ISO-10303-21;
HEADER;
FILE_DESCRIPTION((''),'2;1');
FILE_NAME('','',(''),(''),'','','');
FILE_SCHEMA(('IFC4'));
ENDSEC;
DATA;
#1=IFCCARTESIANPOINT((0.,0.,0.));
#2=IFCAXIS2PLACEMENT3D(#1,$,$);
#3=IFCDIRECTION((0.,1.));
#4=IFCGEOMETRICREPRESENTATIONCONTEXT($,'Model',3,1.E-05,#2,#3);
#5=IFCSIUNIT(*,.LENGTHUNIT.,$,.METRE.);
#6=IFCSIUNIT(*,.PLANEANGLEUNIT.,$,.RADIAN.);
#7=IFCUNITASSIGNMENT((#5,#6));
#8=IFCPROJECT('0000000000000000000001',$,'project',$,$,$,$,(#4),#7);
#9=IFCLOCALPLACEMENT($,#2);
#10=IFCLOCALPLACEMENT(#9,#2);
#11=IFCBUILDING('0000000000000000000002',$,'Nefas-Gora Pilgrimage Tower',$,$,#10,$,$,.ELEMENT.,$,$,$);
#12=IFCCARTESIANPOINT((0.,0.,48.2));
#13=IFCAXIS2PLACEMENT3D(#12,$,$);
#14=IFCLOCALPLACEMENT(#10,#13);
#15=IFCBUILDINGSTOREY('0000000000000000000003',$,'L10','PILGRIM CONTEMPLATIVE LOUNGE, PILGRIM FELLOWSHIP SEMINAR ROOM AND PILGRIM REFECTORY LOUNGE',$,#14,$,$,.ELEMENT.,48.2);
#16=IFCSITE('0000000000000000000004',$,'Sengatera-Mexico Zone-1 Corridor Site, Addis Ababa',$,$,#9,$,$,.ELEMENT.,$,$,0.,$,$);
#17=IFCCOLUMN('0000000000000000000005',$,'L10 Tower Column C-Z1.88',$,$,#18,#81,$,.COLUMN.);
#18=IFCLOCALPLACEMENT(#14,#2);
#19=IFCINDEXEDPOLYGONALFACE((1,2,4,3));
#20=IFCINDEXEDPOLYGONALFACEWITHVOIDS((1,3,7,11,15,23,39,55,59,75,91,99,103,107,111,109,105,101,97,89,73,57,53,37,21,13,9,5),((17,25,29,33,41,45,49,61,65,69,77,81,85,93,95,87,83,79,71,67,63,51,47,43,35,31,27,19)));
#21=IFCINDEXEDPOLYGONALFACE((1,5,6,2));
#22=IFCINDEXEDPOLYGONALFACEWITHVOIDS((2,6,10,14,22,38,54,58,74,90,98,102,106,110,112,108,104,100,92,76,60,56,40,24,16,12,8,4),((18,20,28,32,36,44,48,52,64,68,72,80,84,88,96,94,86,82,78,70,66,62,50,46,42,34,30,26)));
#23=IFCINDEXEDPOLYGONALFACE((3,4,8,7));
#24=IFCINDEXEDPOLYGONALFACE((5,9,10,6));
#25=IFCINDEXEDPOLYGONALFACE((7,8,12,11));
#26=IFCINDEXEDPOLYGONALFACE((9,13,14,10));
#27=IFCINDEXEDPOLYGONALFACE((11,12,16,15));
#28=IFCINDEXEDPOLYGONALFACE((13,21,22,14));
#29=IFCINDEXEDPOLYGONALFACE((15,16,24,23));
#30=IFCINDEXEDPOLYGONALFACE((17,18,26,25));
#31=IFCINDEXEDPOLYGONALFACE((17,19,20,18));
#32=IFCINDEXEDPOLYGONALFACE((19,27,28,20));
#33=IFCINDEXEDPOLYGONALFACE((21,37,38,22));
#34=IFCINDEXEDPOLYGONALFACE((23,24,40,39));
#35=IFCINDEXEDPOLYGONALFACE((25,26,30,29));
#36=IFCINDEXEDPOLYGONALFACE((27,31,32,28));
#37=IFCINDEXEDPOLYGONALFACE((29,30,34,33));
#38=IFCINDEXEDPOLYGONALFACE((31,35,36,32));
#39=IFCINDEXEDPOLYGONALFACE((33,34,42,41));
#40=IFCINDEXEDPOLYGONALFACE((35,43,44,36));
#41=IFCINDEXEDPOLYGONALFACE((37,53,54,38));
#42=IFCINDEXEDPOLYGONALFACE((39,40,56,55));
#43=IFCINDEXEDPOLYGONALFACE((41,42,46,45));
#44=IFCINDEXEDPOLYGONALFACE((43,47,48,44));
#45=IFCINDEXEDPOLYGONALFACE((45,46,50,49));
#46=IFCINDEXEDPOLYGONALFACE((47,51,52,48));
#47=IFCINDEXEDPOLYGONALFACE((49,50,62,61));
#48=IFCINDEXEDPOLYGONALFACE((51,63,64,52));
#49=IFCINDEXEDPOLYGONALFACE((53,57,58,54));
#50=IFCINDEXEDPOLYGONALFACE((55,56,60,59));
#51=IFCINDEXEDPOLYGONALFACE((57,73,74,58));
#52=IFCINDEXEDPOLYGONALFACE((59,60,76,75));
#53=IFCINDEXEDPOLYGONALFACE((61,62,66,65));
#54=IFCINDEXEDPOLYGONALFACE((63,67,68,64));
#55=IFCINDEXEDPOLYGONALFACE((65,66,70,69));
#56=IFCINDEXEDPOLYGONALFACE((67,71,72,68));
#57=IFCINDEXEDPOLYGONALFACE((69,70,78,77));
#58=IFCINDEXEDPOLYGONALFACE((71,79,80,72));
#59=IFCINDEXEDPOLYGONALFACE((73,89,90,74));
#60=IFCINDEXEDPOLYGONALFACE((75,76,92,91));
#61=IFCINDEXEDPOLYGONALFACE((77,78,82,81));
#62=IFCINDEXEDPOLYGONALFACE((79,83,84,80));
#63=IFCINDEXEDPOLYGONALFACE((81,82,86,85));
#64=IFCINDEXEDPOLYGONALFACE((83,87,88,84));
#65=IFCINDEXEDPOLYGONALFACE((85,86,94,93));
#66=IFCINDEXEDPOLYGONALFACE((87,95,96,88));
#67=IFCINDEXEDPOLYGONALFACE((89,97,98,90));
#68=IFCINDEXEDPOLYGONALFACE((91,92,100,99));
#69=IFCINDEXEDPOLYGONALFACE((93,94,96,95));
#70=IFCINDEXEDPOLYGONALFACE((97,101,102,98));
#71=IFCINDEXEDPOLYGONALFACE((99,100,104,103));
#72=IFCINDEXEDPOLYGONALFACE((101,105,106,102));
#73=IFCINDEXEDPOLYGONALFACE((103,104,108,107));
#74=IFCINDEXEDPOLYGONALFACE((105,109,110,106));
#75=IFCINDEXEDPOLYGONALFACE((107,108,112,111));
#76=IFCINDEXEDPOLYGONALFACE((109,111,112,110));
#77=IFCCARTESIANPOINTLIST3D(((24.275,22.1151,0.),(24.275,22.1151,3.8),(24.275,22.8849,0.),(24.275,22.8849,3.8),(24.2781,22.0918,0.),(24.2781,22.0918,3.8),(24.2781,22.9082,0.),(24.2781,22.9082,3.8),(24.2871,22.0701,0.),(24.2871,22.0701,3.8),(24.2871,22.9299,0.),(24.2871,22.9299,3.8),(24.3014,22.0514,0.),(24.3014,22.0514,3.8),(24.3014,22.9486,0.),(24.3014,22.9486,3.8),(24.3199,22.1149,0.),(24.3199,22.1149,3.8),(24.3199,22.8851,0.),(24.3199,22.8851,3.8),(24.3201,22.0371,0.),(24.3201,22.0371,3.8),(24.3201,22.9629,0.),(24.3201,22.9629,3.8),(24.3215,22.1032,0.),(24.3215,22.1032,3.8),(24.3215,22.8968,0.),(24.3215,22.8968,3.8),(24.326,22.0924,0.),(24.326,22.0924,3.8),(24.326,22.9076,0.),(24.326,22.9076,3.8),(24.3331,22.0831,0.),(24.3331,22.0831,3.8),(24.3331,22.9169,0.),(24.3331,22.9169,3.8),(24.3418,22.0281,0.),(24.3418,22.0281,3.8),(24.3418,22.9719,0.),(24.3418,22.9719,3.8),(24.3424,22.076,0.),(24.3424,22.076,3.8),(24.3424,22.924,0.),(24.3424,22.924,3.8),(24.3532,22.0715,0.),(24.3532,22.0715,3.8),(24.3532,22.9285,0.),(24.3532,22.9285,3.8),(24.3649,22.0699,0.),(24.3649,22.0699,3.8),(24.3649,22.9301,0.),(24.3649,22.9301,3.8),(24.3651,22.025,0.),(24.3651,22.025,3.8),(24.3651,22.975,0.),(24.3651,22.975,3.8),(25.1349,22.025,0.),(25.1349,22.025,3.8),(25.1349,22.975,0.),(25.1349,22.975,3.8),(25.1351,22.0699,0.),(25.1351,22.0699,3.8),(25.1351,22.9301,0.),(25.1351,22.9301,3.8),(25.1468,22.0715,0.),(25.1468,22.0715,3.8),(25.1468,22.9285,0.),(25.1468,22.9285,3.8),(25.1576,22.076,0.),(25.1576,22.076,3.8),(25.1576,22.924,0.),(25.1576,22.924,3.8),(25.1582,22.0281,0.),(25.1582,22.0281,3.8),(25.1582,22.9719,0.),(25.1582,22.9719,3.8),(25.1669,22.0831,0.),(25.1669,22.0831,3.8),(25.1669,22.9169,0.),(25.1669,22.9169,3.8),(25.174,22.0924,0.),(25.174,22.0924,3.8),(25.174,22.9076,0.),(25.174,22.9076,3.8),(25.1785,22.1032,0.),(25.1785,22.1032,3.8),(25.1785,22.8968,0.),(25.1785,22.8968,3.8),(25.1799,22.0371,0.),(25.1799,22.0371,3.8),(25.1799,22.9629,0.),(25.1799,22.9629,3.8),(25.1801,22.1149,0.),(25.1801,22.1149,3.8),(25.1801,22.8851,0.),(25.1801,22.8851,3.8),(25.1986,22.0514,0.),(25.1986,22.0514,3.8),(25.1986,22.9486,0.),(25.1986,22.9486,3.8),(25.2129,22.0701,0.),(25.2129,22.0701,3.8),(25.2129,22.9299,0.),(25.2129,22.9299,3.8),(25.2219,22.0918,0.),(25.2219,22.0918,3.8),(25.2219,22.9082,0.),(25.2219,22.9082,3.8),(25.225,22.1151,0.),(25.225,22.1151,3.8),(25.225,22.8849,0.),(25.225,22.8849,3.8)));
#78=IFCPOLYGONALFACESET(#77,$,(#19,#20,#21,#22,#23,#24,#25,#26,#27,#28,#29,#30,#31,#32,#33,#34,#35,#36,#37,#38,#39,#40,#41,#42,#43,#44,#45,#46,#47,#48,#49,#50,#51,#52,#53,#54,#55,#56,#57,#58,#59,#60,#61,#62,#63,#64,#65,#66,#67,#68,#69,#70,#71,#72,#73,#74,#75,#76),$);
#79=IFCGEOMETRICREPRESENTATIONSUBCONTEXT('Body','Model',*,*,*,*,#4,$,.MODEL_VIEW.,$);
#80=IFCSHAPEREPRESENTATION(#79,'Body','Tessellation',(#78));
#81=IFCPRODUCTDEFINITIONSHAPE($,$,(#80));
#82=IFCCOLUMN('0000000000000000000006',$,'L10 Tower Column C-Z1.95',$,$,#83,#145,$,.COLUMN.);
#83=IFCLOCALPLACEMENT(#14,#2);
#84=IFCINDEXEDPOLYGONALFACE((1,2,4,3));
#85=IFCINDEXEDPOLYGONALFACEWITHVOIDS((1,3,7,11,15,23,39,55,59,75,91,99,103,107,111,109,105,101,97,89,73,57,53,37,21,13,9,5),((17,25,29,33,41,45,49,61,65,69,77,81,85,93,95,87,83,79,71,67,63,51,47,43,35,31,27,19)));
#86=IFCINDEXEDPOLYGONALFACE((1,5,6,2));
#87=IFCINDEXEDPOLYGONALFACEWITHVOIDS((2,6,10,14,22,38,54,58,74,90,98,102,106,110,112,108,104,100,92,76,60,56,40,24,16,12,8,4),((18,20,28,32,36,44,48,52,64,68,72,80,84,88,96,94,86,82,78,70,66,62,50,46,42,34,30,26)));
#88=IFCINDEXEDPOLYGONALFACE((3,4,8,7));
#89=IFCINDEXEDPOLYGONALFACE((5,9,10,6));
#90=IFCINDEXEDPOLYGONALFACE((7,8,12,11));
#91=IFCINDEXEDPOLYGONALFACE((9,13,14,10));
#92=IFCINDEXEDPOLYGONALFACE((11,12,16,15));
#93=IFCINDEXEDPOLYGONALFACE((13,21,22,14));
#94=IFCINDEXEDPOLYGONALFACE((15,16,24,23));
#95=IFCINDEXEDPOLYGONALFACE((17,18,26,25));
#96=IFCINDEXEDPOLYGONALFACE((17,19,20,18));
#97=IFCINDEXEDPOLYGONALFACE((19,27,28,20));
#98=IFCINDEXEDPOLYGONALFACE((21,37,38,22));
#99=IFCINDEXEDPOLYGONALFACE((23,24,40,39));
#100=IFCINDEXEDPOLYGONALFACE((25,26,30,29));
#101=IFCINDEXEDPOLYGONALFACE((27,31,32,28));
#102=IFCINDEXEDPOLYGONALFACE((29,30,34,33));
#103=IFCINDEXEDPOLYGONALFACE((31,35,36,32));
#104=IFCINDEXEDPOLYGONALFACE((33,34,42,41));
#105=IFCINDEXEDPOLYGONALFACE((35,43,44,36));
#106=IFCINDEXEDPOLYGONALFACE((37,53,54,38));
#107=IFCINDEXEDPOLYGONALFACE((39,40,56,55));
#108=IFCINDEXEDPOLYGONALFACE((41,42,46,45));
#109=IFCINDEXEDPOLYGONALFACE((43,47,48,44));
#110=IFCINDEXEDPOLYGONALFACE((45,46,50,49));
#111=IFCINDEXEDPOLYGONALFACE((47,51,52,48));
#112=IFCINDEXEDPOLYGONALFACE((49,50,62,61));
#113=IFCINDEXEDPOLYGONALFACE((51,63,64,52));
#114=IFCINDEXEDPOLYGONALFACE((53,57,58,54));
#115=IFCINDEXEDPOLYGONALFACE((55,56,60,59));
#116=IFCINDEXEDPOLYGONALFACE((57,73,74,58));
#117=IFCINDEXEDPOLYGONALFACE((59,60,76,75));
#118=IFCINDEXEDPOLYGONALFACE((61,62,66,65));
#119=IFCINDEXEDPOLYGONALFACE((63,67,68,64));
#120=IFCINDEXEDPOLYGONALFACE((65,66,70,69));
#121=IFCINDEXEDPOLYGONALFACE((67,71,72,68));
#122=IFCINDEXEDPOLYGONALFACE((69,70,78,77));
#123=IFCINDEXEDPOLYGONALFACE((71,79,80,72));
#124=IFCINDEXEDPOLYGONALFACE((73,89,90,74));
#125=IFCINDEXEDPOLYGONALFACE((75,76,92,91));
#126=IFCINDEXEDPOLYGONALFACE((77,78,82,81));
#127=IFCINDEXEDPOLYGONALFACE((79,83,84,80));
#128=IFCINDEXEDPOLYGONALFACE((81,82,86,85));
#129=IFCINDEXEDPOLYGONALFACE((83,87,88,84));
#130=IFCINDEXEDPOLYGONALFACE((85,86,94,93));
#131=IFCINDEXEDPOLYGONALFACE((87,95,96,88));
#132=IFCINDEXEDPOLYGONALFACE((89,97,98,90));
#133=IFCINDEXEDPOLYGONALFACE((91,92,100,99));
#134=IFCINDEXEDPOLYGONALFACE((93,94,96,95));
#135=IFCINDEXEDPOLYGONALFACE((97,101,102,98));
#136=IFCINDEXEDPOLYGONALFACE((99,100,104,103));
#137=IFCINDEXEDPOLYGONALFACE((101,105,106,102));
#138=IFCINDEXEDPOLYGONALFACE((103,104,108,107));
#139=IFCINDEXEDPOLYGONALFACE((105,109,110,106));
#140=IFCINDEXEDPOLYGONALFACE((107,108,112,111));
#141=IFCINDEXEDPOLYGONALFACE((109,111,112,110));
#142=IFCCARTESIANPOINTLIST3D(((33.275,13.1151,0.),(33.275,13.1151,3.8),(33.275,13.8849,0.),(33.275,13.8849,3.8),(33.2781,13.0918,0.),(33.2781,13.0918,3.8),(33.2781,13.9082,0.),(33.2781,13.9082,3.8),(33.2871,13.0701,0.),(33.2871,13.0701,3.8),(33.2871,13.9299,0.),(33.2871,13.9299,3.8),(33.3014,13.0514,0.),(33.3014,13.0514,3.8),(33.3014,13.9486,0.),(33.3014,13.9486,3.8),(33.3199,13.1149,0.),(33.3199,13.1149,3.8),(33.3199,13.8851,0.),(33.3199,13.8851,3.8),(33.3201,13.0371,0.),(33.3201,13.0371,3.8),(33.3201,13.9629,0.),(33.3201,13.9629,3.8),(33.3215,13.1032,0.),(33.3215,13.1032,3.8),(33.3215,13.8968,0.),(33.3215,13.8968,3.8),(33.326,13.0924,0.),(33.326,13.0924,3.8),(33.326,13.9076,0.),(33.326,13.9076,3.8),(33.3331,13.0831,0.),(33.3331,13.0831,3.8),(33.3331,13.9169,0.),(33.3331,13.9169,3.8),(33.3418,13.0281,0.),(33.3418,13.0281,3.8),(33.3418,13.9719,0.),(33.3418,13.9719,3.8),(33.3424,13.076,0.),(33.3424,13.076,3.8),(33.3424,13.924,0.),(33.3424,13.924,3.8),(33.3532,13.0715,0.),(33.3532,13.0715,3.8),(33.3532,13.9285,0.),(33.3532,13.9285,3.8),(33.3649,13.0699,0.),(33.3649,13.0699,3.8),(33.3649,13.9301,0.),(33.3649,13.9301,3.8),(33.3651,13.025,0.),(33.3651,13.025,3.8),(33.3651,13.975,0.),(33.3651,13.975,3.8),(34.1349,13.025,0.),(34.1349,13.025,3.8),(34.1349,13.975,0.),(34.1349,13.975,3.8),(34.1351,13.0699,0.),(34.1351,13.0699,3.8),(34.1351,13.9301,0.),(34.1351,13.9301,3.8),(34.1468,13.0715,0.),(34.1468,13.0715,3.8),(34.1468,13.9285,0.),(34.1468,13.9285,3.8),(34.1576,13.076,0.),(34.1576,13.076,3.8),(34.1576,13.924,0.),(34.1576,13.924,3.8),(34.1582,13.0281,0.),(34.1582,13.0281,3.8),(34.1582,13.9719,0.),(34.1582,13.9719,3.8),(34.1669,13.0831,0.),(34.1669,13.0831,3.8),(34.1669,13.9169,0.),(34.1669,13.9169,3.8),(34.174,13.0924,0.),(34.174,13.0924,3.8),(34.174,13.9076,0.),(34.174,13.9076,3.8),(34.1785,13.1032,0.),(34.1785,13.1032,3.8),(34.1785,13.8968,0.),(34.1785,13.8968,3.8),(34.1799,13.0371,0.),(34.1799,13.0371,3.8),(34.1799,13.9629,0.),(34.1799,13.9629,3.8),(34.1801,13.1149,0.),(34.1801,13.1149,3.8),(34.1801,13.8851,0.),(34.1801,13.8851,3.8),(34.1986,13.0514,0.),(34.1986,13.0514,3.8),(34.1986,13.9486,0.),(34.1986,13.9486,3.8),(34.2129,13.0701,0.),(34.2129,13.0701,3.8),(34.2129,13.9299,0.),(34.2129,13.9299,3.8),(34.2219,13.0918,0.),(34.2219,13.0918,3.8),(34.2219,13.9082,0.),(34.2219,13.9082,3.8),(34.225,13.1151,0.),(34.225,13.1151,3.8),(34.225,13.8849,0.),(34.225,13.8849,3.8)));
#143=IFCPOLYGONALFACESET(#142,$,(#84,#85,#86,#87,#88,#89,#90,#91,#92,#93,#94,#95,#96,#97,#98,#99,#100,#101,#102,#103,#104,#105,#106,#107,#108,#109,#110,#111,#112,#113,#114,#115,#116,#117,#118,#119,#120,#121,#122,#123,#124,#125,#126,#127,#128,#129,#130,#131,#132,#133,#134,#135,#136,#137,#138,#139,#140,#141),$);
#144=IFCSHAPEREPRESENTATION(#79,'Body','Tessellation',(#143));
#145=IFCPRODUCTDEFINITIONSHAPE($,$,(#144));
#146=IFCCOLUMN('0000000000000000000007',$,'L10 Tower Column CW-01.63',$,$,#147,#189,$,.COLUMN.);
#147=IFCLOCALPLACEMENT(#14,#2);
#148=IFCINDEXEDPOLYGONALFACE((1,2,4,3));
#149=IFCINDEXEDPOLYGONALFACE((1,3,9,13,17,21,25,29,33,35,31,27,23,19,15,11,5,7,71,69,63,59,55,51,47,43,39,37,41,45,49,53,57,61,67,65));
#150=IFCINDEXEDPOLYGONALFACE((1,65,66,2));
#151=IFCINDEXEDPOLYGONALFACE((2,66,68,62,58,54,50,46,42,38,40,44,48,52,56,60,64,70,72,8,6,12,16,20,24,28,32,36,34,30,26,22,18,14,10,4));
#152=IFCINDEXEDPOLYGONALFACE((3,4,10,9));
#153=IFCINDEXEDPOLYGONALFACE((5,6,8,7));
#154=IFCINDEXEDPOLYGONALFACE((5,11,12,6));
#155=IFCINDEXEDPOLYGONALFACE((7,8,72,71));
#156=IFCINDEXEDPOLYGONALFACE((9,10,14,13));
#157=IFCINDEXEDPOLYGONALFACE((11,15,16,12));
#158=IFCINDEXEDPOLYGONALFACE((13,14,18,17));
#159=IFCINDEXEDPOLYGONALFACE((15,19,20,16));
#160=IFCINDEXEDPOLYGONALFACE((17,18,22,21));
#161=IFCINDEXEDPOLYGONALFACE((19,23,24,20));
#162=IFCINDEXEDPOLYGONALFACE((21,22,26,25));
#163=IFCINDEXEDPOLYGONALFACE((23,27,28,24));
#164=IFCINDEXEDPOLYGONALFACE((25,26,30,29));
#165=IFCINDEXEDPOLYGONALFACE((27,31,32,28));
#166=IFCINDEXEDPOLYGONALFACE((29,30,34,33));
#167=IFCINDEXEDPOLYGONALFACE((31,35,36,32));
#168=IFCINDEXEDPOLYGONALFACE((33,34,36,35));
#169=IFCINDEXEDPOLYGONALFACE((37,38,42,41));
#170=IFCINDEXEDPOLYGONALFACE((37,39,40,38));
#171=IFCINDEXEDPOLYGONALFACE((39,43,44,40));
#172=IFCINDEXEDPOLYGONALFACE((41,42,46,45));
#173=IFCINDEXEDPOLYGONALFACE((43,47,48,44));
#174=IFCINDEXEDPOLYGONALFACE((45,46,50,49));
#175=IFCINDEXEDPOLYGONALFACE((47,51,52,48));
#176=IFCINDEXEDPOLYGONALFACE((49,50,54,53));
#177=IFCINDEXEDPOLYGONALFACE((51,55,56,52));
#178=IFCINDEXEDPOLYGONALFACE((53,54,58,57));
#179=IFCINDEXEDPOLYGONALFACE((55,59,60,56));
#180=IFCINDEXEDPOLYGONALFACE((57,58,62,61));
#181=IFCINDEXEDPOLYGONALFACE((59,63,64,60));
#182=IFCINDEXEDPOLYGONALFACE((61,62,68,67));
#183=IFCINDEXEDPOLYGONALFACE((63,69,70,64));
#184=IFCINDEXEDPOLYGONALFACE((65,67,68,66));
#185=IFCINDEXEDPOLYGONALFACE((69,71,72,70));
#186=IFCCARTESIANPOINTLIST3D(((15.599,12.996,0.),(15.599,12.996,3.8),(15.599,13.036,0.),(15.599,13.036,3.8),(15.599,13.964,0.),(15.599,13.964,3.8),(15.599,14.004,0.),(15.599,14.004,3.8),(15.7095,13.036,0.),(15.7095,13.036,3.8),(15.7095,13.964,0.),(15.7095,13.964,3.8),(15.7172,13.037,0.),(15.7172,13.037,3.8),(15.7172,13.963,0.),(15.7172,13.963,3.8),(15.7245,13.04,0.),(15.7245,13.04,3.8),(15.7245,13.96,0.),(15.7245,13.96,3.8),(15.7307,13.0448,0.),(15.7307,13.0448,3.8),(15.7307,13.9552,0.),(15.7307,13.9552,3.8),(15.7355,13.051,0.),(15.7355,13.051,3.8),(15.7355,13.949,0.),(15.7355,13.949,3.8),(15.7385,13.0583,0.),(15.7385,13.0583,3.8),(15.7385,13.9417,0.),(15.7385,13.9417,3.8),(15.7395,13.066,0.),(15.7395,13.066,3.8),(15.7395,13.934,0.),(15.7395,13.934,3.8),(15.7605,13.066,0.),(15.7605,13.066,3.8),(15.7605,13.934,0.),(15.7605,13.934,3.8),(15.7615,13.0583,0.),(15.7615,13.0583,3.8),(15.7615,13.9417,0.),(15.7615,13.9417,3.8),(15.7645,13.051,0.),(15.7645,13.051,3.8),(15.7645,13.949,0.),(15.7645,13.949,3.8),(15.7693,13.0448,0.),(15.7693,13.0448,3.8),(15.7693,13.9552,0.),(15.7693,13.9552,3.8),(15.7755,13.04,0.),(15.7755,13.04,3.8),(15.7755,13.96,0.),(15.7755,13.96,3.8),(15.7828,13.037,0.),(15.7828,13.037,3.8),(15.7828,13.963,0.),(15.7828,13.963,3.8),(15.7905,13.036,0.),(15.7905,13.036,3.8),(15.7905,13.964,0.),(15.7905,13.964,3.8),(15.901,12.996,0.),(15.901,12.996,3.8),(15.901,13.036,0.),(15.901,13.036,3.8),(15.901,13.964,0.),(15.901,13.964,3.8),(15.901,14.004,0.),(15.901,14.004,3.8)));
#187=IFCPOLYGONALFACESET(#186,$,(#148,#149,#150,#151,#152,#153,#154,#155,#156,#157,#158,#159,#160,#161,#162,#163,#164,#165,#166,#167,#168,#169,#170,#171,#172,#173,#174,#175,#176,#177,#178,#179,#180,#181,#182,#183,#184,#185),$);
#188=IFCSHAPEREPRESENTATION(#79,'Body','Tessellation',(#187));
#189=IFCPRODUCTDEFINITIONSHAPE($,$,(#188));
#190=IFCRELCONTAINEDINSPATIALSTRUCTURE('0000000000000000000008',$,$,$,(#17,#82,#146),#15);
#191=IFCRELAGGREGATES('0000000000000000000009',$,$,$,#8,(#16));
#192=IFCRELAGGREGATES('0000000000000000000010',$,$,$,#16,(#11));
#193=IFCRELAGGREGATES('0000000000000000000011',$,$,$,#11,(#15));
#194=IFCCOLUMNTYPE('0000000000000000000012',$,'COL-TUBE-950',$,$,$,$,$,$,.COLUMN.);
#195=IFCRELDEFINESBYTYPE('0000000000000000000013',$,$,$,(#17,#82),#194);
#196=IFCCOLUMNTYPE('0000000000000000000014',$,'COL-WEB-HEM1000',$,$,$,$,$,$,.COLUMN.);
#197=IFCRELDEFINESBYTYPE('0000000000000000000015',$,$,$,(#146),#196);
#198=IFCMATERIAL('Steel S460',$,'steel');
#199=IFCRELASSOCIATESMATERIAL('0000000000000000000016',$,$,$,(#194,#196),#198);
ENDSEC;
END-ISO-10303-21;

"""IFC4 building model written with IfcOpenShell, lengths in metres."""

from ifc_helpers import new_model, si_unit, direction, frame, origin, origin_2d, place, context, subcontext, project, spatial, hollow_rectangle, i_section, extrude, source, transform, mapped, material, material_profile, profile_set, type_object, element, save


model = new_model("IFC4")

# Units and contexts
model_context = context("Model", 3, precision=1e-05, world=origin(), true_north=direction((0.0, 1.0)))
body_context = subcontext(model_context, "Body", "Model", "MODEL_VIEW")
ifc_project = project(units=[si_unit("LENGTHUNIT", "METRE"), si_unit("PLANEANGLEUNIT", "RADIAN")], contexts=[model_context])

# Site, building, storey
site_placement = place(None, origin())
site = spatial("IfcSite", under=ifc_project, at=site_placement, Name="Sengatera-Mexico Zone-1 Corridor Site, Addis Ababa", CompositionType="ELEMENT", RefElevation=0.0)
building_placement = place(site_placement, origin())
building = spatial("IfcBuilding", under=site, at=building_placement, Name="Nefas-Gora Pilgrimage Tower", CompositionType="ELEMENT")
storey_placement = place(building_placement, frame((0.0, 0.0, 48.2)))
storey = spatial("IfcBuildingStorey", under=building, at=storey_placement, Name="L10", Description="PILGRIM CONTEMPLATIVE LOUNGE, PILGRIM FELLOWSHIP SEMINAR ROOM AND PILGRIM REFECTORY LOUNGE", CompositionType="ELEMENT", Elevation=48.2)

# Columns
ifc_material_1 = material(Name="Steel S460", Category="steel")
ifc_material_profile_1 = material_profile(ifc_material_1, hollow_rectangle(XDim=0.95, YDim=0.95, WallThickness=0.0449, InnerFilletRadius=0.0449, OuterFilletRadius=0.0901, at=origin_2d()), Name="BOX 950x950x45")
ifc_profile_set_1 = profile_set([ifc_material_profile_1], Name="Steel S460")
column_type_1 = type_object("IfcColumnType", Name="COL-TUBE-950", PredefinedType="COLUMN", material=ifc_profile_set_1)
shared_shape_1 = source(origin(), body_context, "Body", "SweptSolid", [
    extrude(hollow_rectangle(XDim=0.95, YDim=0.95, WallThickness=0.0449, InnerFilletRadius=0.0449, OuterFilletRadius=0.0901, at=origin_2d()), origin(), (0.0, 0.0, 1.0), 3.8),
])
for number, where, z_axis, x_axis, name in (
    (1, (24.75, 22.5, 0.0), (0.0, 0.0, 1.0), (1.0, 0.0, 0.0), "L10 Tower Column C-Z1.88"),
    (2, (33.75, 13.5, 0.0), (0.0, 0.0, 1.0), (1.0, 0.0, 0.0), "L10 Tower Column C-Z1.95"),
):
    element("IfcColumn", number, at=place(storey_placement, frame(where, z_axis=z_axis, x_axis=x_axis)), inside=storey, type_object=column_type_1, Name=name, PredefinedType="COLUMN", context=body_context, shape_type="MappedRepresentation", body=[
        mapped(shared_shape_1, transform((0.0, 0.0, 0.0), x_axis=(1.0, 0.0, 0.0), y_axis=(0.0, 1.0, 0.0), z_axis=(0.0, 0.0, 1.0), scale=1.0)),
    ])
ifc_material_profile_2 = material_profile(ifc_material_1, i_section(OverallWidth=0.302, OverallDepth=1.0081, WebThickness=0.021, FlangeThickness=0.04, FilletRadius=0.03, at=origin_2d()), Name="HEM 1000")
ifc_profile_set_2 = profile_set([ifc_material_profile_2], Name="Steel S460")
column_type_2 = type_object("IfcColumnType", Name="COL-WEB-HEM1000", PredefinedType="COLUMN", material=ifc_profile_set_2)
shared_shape_2 = source(origin(), body_context, "Body", "SweptSolid", [
    extrude(i_section(OverallWidth=0.302, OverallDepth=1.0081, WebThickness=0.021, FlangeThickness=0.04, FilletRadius=0.03, at=origin_2d()), origin(), (0.0, 0.0, 1.0), 3.8),
])
for number, where, z_axis, x_axis, name in (
    (3, (15.75, 13.5, 0.0), (0.0, 0.0, 1.0), (1.0, 0.0, 0.0), "L10 Tower Column CW-01.63"),
):
    element("IfcColumn", number, at=place(storey_placement, frame(where, z_axis=z_axis, x_axis=x_axis)), inside=storey, type_object=column_type_2, Name=name, PredefinedType="COLUMN", context=body_context, shape_type="MappedRepresentation", body=[
        mapped(shared_shape_2, transform((0.0, 0.0, 0.0), x_axis=(1.0, 0.0, 0.0), y_axis=(0.0, 1.0, 0.0), z_axis=(0.0, 0.0, 1.0), scale=1.0)),
    ])

save(model, "model.ifc")
